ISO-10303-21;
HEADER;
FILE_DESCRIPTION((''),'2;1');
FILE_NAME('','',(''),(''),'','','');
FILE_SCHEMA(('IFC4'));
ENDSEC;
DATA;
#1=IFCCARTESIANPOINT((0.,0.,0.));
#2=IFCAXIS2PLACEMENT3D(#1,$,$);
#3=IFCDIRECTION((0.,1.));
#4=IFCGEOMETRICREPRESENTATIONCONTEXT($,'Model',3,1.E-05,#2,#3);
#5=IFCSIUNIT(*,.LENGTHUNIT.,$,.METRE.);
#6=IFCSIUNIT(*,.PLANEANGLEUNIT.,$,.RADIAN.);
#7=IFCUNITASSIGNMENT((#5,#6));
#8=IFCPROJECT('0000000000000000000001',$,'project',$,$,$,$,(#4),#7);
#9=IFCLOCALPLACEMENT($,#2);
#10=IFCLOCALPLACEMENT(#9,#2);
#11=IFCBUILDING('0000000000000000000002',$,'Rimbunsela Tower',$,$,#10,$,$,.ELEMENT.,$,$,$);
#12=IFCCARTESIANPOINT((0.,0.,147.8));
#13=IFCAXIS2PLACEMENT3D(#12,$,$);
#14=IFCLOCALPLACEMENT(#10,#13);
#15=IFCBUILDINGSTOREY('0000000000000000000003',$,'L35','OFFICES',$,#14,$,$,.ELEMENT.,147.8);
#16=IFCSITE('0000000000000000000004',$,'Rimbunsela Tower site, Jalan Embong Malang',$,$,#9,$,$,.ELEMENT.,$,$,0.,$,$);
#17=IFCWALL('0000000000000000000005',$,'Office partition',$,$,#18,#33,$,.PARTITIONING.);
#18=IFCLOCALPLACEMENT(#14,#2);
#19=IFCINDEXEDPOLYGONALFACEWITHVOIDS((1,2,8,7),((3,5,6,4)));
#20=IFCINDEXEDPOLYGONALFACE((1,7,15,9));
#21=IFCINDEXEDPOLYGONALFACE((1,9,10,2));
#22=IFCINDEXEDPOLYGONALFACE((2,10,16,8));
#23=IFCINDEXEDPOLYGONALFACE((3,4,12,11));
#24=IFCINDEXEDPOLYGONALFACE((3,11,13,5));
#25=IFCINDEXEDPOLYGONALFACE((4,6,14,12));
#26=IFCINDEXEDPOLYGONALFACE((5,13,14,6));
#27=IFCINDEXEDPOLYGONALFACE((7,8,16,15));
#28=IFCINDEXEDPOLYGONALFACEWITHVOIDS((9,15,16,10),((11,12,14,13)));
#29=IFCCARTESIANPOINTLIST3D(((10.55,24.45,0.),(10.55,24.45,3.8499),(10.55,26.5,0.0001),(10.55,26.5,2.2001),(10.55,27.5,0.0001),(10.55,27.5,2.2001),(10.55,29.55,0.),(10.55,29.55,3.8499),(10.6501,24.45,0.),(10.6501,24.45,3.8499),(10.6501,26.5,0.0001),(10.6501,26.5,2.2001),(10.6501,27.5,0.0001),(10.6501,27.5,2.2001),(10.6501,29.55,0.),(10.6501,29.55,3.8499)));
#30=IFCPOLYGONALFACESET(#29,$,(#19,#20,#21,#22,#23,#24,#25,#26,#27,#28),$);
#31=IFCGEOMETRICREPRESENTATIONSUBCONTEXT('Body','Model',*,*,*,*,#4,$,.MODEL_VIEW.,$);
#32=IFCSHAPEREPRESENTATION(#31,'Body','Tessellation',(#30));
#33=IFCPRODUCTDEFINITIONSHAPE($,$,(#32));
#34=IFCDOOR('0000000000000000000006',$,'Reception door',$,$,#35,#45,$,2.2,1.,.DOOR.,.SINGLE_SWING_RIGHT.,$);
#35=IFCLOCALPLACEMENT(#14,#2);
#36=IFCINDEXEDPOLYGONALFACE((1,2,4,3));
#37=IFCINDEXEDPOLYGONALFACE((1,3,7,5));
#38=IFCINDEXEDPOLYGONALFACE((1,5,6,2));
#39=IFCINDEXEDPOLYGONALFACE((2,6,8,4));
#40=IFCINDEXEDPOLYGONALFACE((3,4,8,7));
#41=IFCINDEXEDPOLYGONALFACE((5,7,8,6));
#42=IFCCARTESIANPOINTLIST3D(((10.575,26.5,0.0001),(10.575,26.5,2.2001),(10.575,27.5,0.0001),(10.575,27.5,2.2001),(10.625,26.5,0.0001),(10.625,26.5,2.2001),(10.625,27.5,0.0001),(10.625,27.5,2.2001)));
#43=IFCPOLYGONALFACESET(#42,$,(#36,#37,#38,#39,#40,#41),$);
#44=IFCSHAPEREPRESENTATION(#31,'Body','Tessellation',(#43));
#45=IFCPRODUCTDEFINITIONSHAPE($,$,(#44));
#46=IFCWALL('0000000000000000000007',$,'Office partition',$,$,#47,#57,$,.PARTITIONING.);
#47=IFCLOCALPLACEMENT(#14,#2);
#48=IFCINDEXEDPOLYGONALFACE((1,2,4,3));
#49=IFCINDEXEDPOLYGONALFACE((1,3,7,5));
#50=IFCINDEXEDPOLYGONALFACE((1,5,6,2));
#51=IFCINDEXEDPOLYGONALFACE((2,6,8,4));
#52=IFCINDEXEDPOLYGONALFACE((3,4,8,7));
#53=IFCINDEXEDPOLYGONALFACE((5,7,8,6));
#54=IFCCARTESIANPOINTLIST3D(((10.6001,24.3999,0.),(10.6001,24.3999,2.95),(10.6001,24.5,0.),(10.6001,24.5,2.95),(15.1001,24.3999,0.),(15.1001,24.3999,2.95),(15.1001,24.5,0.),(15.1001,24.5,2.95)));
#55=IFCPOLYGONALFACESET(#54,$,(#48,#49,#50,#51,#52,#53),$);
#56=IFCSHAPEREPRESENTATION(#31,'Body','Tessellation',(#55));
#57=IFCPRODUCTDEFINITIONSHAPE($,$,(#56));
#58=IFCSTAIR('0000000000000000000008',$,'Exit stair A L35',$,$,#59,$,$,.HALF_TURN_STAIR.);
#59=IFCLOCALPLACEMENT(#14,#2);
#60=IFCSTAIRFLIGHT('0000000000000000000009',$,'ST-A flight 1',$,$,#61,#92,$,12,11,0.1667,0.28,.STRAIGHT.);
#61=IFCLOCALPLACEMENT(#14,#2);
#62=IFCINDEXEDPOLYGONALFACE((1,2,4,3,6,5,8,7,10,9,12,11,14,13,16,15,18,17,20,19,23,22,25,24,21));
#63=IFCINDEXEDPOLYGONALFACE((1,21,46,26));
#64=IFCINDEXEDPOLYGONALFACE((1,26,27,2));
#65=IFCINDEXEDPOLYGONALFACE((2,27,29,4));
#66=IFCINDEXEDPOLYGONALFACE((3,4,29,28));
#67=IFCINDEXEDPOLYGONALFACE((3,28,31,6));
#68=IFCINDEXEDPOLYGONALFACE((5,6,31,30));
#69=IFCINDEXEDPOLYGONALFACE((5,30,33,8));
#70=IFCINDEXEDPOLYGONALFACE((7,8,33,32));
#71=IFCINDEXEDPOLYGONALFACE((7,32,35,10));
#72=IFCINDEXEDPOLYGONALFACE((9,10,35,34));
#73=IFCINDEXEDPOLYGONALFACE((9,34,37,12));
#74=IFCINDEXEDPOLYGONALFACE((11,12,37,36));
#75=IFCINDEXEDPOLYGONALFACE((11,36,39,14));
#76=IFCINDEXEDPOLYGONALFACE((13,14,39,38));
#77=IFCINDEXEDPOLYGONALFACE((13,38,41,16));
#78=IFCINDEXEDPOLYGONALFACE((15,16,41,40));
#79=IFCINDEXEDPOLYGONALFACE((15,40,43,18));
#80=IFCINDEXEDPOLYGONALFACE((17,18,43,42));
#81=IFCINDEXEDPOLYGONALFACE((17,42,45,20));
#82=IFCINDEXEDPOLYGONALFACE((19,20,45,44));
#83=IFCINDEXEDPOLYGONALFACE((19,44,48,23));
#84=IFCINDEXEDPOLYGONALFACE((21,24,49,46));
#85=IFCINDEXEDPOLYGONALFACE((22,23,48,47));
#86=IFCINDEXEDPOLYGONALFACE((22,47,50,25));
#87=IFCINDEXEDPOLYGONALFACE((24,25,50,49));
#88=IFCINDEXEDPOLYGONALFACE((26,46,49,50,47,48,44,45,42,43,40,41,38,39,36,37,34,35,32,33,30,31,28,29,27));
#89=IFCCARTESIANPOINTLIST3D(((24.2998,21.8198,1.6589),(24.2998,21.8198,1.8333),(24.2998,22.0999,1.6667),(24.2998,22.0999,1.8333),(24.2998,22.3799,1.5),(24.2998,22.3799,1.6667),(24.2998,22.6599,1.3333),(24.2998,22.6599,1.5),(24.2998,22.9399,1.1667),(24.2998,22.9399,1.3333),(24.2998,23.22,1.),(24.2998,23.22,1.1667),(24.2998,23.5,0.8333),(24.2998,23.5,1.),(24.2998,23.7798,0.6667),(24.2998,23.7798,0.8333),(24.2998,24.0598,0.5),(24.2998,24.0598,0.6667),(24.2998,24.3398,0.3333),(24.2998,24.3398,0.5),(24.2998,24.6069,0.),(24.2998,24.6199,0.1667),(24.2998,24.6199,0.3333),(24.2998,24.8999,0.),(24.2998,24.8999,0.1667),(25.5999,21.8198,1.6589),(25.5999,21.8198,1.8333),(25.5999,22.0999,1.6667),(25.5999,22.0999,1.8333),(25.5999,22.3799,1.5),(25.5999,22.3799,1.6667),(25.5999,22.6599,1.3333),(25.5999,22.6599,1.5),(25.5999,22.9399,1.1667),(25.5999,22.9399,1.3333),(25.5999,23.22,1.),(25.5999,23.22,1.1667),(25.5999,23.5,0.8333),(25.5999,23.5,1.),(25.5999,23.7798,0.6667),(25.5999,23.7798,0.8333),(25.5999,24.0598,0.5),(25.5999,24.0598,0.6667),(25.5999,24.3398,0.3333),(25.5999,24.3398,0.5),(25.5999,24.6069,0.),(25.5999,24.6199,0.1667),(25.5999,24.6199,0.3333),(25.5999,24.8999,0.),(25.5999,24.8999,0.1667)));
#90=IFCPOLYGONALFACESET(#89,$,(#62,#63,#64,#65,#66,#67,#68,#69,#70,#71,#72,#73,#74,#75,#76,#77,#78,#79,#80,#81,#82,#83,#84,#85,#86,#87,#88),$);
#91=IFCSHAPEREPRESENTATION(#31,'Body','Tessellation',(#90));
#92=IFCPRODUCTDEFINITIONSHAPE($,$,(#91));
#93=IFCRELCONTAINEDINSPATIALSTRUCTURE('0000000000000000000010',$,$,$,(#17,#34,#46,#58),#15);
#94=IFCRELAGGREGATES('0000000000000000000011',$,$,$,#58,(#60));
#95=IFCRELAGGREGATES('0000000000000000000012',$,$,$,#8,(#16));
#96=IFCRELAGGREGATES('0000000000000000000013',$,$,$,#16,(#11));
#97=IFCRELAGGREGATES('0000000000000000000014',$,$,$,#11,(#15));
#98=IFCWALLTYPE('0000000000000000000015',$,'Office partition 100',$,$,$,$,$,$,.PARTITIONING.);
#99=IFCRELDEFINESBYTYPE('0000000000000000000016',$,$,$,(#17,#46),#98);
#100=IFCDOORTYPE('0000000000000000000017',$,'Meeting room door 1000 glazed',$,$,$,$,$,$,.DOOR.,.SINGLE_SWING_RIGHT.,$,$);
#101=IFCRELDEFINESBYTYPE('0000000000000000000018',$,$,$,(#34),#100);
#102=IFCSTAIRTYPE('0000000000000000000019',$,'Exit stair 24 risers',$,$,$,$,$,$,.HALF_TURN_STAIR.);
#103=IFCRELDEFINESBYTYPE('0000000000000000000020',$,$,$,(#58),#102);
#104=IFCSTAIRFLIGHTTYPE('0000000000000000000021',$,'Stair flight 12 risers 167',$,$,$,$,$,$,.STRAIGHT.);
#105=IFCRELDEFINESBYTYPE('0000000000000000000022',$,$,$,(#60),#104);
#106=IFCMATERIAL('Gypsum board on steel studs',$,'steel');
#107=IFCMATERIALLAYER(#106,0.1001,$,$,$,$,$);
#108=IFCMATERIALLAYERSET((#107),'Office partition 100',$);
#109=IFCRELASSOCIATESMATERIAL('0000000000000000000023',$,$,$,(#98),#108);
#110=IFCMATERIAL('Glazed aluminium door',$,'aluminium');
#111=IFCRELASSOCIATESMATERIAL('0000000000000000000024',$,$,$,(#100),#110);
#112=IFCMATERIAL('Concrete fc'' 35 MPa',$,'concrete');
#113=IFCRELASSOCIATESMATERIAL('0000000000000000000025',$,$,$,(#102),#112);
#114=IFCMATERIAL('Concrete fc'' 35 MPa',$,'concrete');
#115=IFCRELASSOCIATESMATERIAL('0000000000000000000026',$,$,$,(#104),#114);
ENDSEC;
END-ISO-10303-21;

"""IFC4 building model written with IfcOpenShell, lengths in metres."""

from ifc_helpers import new_model, si_unit, direction, frame, frame_2d, origin, place, context, subcontext, project, spatial, polyline, rectangle, outline, extrude, material, layer, layer_set, type_object, element, fill, aggregate, save


model = new_model("IFC4")

# Units and contexts
model_context = context("Model", 3, precision=1e-05, world=origin(), true_north=direction((0.0, 1.0)))
body_context = subcontext(model_context, "Body", "Model", "MODEL_VIEW")
ifc_project = project(units=[si_unit("LENGTHUNIT", "METRE"), si_unit("PLANEANGLEUNIT", "RADIAN")], contexts=[model_context])

# Site, building, storey
site_placement = place(None, origin())
site = spatial("IfcSite", under=ifc_project, at=site_placement, Name="Rimbunsela Tower site, Jalan Embong Malang", CompositionType="ELEMENT", RefElevation=0.0)
building_placement = place(site_placement, origin())
building = spatial("IfcBuilding", under=site, at=building_placement, Name="Rimbunsela Tower", CompositionType="ELEMENT")
storey_placement = place(building_placement, frame((0.0, 0.0, 147.8)))
storey = spatial("IfcBuildingStorey", under=building, at=storey_placement, Name="L35", Description="OFFICES", CompositionType="ELEMENT", Elevation=147.8)

# Shared definitions
ifc_material_1 = material(Name="Gypsum board on steel studs", Category="steel")
ifc_layer_1 = layer(ifc_material_1, 0.1001)
ifc_layer_set_1 = layer_set([ifc_layer_1], Name="Office partition 100")
wall_type_1 = type_object("IfcWallType", Name="Office partition 100", PredefinedType="PARTITIONING", material=ifc_layer_set_1)

# Wall, opening, door
wall_1_placement = place(storey_placement, frame((10.6001, 29.55, 0.0), z_axis=(0.0, 0.0, 1.0), x_axis=(0.0, -1.0, 0.0)))
wall_1 = element("IfcWall", 1, at=wall_1_placement, inside=storey, type_object=wall_type_1, Name="Office partition", PredefinedType="PARTITIONING", context=body_context, shape_type="SweptSolid", body=[
    extrude(rectangle(XDim=5.1001, YDim=0.1001, at=frame_2d((2.55, 0.0))), origin(), (0.0, 0.0, 1.0), 3.8499),
])
opening_1_placement = place(wall_1_placement, frame((2.05, 0.0, 0.0)))
opening_1 = element("IfcOpeningElement", 2, at=opening_1_placement, cuts=wall_1, PredefinedType="OPENING", context=body_context, shape_type="SweptSolid", body=[
    extrude(rectangle(XDim=1.0, YDim=2.2, at=frame_2d((0.5, 1.1001))), frame((0.0, 0.0601, 0.0), z_axis=(0.0, -1.0, 0.0), x_axis=(1.0, 0.0, 0.0)), (0.0, 0.0, 1.0), 0.1201),
])
ifc_material_2 = material(Name="Glazed aluminium door", Category="aluminium")
door_type_1 = type_object("IfcDoorType", Name="Meeting room door 1000 glazed", OperationType="SINGLE_SWING_RIGHT", PredefinedType="DOOR", material=ifc_material_2)
door_1_placement = place(opening_1_placement, origin())
door_1 = element("IfcDoor", 3, at=door_1_placement, inside=storey, type_object=door_type_1, Name="Reception door", OperationType="SINGLE_SWING_RIGHT", OverallHeight=2.2, OverallWidth=1.0, PredefinedType="DOOR", context=body_context, shape_type="SweptSolid", body=[
    extrude(rectangle(XDim=1.0, YDim=2.2, at=frame_2d((0.5, 1.1001))), frame((0.0, 0.0249, 0.0), z_axis=(0.0, -1.0, 0.0), x_axis=(1.0, 0.0, 0.0)), (0.0, 0.0, 1.0), 0.05),
])
fill(opening_1, door_1)

# Wall
wall_2_placement = place(storey_placement, frame((10.6001, 24.45, 0.0), z_axis=(0.0, 0.0, 1.0), x_axis=(1.0, 0.0, 0.0)))
element("IfcWall", 4, at=wall_2_placement, inside=storey, type_object=wall_type_1, Name="Office partition", PredefinedType="PARTITIONING", context=body_context, shape_type="SweptSolid", body=[
    extrude(rectangle(XDim=4.5, YDim=0.1001, at=frame_2d((2.25, 0.0))), origin(), (0.0, 0.0, 1.0), 2.95),
])

# Stair, stair flight
ifc_material_3 = material(Name="Concrete fc' 35 MPa", Category="concrete")
stair_type = type_object("IfcStairType", Name="Exit stair 24 risers", PredefinedType="HALF_TURN_STAIR", material=ifc_material_3)
stair_placement = place(storey_placement, origin())
stair = element("IfcStair", 5, at=stair_placement, inside=storey, type_object=stair_type, Name="Exit stair A L35", PredefinedType="HALF_TURN_STAIR")
ifc_material_4 = material(Name="Concrete fc' 35 MPa", Category="concrete")
stair_flight_type = type_object("IfcStairFlightType", Name="Stair flight 12 risers 167", PredefinedType="STRAIGHT", material=ifc_material_4)
stair_flight_placement = place(storey_placement, frame((24.95, 24.8999, 0.0), z_axis=(0.0, 0.0, 1.0), x_axis=(0.0, -1.0, 0.0)))
stair_flight = element("IfcStairFlight", 6, at=stair_flight_placement, type_object=stair_flight_type, Name="ST-A flight 1", NumberOfRisers=12, NumberOfTreads=11, PredefinedType="STRAIGHT", RiserHeight=0.1667, TreadLength=0.28, context=body_context, shape_type="SweptSolid", body=[
    extrude(outline(polyline([(0.0, 0.0), (0.0, 0.1667), (0.28, 0.1667), (0.28, 0.3333), (0.5601, 0.3333), (0.5601, 0.5), (0.8401, 0.5), (0.8401, 0.6667), (1.1201, 0.6667), (1.1201, 0.8333), (1.3999, 0.8333), (1.3999, 1.0), (1.6799, 1.0), (1.6799, 1.1667), (1.96, 1.1667), (1.96, 1.3333), (2.24, 1.3333), (2.24, 1.5), (2.52, 1.5), (2.52, 1.6667), (2.8, 1.6667), (2.8, 1.8333), (3.0801, 1.8333), (3.0801, 2.0), (3.0801, 1.6589), (0.293, 0.0), (0.0, 0.0)])), frame((0.0, 0.6499, 0.0), z_axis=(0.0, -1.0, 0.0), x_axis=(1.0, 0.0, 0.0)), (0.0, 0.0, 1.0), 1.3),
])
aggregate(stair, [stair_flight])

save(model, "model.ifc")
